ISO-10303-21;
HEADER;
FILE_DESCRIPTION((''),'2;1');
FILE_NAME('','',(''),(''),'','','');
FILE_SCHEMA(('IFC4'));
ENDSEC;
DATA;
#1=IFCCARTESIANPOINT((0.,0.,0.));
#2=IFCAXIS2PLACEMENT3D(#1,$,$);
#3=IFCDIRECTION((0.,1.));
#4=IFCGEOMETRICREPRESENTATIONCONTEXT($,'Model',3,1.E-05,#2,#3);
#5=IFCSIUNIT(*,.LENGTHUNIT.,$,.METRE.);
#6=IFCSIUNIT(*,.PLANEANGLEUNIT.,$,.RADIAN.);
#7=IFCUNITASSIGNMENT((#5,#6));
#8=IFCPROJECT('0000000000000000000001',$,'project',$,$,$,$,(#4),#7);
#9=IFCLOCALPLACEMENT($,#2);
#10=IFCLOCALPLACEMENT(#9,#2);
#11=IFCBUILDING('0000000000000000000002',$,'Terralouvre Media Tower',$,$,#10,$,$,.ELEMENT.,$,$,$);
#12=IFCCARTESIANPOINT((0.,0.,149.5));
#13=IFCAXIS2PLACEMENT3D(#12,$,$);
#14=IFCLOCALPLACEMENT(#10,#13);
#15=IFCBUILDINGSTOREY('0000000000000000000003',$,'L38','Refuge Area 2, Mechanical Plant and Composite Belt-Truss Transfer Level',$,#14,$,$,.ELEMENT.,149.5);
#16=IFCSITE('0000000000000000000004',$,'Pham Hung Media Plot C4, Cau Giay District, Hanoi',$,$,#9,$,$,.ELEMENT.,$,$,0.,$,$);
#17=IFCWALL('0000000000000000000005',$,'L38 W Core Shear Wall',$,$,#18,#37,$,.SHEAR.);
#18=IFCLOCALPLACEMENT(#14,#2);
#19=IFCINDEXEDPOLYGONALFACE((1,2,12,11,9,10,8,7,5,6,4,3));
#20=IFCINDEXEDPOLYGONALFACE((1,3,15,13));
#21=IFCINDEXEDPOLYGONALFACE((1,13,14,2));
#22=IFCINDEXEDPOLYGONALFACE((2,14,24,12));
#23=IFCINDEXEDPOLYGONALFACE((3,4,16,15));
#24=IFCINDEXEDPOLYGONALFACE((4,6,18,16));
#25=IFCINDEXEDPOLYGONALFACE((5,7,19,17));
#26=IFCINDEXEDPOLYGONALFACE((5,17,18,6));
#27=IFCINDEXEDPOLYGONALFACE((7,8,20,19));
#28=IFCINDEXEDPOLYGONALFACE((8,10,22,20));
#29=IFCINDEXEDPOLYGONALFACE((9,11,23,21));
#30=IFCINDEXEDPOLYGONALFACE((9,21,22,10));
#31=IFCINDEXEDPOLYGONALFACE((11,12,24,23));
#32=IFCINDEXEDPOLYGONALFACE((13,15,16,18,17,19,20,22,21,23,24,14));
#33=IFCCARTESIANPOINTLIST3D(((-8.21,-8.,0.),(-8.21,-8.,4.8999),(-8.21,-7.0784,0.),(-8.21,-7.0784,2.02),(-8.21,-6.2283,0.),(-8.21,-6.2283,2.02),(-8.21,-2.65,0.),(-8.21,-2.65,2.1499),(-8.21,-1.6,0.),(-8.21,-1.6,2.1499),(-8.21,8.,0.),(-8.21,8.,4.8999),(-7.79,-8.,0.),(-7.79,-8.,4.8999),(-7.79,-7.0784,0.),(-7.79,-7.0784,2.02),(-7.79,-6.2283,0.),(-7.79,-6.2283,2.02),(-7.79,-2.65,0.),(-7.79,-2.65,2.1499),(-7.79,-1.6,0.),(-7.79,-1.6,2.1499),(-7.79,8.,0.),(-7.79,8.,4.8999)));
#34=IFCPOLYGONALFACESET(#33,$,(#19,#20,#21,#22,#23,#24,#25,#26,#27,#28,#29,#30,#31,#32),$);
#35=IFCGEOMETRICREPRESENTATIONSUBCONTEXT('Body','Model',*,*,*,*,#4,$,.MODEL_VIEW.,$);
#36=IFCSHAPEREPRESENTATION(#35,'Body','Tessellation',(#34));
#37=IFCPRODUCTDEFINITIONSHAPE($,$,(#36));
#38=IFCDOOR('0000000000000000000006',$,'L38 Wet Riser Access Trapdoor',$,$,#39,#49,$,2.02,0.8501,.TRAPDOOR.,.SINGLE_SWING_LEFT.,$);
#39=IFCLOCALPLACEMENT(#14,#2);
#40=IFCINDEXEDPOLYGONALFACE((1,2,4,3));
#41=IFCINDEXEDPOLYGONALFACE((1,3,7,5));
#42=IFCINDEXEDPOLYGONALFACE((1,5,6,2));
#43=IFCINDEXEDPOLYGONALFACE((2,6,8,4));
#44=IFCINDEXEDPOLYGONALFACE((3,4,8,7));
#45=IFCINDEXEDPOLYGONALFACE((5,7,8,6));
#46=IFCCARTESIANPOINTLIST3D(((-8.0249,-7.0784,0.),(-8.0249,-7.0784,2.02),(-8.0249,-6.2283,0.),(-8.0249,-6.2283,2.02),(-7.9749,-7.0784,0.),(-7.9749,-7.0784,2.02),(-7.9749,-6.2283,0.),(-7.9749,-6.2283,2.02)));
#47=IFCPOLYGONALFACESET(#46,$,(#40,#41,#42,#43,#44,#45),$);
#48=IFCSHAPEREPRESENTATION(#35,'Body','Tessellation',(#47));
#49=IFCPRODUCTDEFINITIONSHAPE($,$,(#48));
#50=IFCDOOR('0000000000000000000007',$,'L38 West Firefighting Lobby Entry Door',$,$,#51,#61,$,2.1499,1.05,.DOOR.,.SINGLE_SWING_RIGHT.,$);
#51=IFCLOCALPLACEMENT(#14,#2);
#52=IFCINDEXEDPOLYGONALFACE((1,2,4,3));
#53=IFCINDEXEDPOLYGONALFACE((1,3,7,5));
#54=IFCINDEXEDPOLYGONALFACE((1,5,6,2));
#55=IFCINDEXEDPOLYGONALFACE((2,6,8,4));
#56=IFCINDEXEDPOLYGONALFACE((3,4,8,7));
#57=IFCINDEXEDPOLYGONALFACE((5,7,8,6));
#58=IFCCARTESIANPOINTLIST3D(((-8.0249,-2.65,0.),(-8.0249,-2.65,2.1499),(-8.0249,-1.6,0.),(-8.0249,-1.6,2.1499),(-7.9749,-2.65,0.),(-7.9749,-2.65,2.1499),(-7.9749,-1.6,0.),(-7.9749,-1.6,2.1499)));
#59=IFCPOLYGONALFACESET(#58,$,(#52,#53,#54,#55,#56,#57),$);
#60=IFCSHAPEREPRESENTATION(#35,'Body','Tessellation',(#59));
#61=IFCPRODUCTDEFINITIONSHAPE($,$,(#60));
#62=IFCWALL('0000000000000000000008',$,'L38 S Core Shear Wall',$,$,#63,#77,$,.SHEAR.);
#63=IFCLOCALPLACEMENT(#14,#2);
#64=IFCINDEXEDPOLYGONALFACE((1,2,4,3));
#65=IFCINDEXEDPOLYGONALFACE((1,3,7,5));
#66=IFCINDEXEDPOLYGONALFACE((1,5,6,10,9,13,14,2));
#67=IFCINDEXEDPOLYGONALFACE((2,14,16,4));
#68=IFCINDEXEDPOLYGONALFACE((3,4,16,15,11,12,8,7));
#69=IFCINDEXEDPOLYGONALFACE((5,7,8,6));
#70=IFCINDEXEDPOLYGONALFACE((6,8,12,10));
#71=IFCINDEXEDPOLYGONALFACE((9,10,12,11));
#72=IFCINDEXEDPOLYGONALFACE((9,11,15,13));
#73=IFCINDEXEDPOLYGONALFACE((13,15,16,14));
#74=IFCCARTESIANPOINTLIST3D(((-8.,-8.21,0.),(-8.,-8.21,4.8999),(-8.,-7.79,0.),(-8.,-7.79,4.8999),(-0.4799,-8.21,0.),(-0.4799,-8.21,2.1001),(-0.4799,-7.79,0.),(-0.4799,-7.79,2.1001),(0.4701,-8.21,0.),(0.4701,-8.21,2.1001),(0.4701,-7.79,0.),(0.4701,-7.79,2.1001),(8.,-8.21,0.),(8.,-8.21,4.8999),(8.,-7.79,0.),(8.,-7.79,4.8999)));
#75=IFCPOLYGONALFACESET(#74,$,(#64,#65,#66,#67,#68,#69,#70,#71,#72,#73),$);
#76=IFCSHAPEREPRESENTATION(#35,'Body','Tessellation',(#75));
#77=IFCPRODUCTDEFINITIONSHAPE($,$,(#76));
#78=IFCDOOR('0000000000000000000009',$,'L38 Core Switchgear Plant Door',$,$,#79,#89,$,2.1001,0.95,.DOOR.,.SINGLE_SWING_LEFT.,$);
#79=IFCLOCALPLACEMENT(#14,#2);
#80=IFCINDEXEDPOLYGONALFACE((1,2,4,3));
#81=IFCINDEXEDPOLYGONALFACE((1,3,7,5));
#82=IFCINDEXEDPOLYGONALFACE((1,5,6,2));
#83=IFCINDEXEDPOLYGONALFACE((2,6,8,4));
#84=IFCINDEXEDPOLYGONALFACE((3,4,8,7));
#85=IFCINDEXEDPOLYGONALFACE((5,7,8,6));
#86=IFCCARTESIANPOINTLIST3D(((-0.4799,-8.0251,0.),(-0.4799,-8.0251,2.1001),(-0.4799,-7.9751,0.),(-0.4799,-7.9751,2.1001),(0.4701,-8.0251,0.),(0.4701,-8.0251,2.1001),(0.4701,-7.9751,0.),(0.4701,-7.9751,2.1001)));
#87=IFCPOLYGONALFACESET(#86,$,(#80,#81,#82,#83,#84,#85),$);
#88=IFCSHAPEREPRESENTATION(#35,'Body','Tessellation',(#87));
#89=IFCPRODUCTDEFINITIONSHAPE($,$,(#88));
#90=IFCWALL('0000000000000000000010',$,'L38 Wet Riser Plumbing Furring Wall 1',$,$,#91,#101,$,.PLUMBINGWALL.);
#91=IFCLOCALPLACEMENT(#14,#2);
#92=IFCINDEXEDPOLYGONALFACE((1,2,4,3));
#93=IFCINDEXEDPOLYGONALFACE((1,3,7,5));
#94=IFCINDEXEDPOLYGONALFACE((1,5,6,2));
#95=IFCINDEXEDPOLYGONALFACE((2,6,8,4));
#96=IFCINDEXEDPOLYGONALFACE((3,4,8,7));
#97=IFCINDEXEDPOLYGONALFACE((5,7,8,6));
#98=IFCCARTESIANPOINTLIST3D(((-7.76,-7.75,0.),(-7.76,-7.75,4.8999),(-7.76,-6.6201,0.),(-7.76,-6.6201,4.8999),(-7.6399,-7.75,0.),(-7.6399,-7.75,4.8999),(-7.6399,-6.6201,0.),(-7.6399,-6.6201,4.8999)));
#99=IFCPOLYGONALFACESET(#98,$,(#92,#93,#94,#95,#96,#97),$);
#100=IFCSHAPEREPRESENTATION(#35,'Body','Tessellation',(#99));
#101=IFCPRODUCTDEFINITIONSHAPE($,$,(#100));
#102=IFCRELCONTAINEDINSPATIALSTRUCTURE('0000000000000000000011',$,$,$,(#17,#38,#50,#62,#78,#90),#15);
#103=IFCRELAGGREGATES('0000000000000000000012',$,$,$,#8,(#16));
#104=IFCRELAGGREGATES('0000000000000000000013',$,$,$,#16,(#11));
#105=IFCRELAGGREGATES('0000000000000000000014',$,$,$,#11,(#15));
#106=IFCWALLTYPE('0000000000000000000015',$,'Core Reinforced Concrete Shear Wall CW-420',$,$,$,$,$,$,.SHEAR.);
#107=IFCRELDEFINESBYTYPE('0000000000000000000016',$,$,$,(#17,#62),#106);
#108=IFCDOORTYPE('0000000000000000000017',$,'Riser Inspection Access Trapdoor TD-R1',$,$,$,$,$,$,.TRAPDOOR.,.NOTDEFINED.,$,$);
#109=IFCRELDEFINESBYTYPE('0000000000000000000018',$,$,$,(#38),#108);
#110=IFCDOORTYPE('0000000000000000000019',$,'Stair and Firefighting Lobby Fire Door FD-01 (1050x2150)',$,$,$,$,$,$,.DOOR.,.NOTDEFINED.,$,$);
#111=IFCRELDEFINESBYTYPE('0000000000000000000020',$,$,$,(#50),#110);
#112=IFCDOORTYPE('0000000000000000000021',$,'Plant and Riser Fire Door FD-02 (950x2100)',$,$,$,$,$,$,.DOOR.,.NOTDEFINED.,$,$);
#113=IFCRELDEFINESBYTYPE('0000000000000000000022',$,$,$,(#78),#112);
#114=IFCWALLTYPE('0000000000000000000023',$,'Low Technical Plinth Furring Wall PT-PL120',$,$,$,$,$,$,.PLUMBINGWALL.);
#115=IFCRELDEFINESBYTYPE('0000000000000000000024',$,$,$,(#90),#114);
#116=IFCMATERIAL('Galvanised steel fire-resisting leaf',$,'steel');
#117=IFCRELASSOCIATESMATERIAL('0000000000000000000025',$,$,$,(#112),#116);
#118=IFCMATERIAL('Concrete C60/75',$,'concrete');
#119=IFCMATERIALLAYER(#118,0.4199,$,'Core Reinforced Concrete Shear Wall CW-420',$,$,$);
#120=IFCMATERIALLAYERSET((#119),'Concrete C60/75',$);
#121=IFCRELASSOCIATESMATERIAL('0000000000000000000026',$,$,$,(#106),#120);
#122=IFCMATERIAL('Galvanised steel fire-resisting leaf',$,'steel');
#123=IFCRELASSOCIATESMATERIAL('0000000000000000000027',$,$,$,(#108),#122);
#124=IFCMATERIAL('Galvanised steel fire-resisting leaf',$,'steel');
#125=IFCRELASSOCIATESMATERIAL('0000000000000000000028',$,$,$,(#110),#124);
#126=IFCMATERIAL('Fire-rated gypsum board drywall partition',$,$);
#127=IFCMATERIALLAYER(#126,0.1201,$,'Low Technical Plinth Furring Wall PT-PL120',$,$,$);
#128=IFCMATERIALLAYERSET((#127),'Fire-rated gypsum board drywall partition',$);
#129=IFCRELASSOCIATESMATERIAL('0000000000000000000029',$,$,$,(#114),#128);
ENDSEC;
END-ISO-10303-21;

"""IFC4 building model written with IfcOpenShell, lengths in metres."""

from ifc_helpers import new_model, si_unit, direction, frame, frame_2d, origin, place, context, subcontext, project, spatial, rectangle, extrude, material, layer, layer_set, type_object, element, fill, save


model = new_model("IFC4")

# Units and contexts
model_context = context("Model", 3, precision=1e-05, world=origin(), true_north=direction((0.0, 1.0)))
body_context = subcontext(model_context, "Body", "Model", "MODEL_VIEW")
ifc_project = project(units=[si_unit("LENGTHUNIT", "METRE"), si_unit("PLANEANGLEUNIT", "RADIAN")], contexts=[model_context])

# Site, building, storey
site_placement = place(None, origin())
site = spatial("IfcSite", under=ifc_project, at=site_placement, Name="Pham Hung Media Plot C4, Cau Giay District, Hanoi", CompositionType="ELEMENT", RefElevation=0.0)
building_placement = place(site_placement, origin())
building = spatial("IfcBuilding", under=site, at=building_placement, Name="Terralouvre Media Tower", CompositionType="ELEMENT")
storey_placement = place(building_placement, frame((0.0, 0.0, 149.5)))
storey = spatial("IfcBuildingStorey", under=building, at=storey_placement, Name="L38", Description="Refuge Area 2, Mechanical Plant and Composite Belt-Truss Transfer Level", CompositionType="ELEMENT", Elevation=149.5)

# Wall, openings, doors
ifc_material_1 = material(Name="Galvanised steel fire-resisting leaf", Category="steel")
door_type_1 = type_object("IfcDoorType", Name="Plant and Riser Fire Door FD-02 (950x2100)", OperationType="NOTDEFINED", PredefinedType="DOOR", material=ifc_material_1)
ifc_material_2 = material(Name="Concrete C60/75", Category="concrete")
ifc_layer_1 = layer(ifc_material_2, 0.4199, Name="Core Reinforced Concrete Shear Wall CW-420")
ifc_layer_set_1 = layer_set([ifc_layer_1], Name="Concrete C60/75")
wall_type_1 = type_object("IfcWallType", Name="Core Reinforced Concrete Shear Wall CW-420", PredefinedType="SHEAR", material=ifc_layer_set_1)
wall_1_placement = place(storey_placement, frame((-8.0, -8.0, 0.0), z_axis=(0.0, 0.0, 1.0), x_axis=(0.0, 1.0, 0.0)))
wall_1 = element("IfcWall", 1, at=wall_1_placement, inside=storey, type_object=wall_type_1, Name="L38 W Core Shear Wall", PredefinedType="SHEAR", context=body_context, shape_type="SweptSolid", body=[
    extrude(rectangle(XDim=16.0, YDim=0.4199, at=frame_2d((8.0, 0.0))), origin(), (0.0, 0.0, 1.0), 4.8999),
])
opening_1_placement = place(wall_1_placement, frame((0.9216, 0.0, 0.0)))
opening_1 = element("IfcOpeningElement", 2, at=opening_1_placement, cuts=wall_1, PredefinedType="OPENING", context=body_context, shape_type="SweptSolid", body=[
    extrude(rectangle(XDim=0.8501, YDim=2.02, at=frame_2d((0.425, 1.01))), frame((0.0, 0.22, 0.0), z_axis=(0.0, -1.0, 0.0), x_axis=(1.0, 0.0, 0.0)), (0.0, 0.0, 1.0), 0.4399),
])
opening_2_placement = place(wall_1_placement, frame((5.3501, 0.0, 0.0)))
opening_2 = element("IfcOpeningElement", 3, at=opening_2_placement, cuts=wall_1, PredefinedType="OPENING", context=body_context, shape_type="SweptSolid", body=[
    extrude(rectangle(XDim=1.05, YDim=2.1499, at=frame_2d((0.5249, 1.075))), frame((0.0, 0.22, 0.0), z_axis=(0.0, -1.0, 0.0), x_axis=(1.0, 0.0, 0.0)), (0.0, 0.0, 1.0), 0.4399),
])
ifc_material_3 = material(Name="Galvanised steel fire-resisting leaf", Category="steel")
door_type_2 = type_object("IfcDoorType", Name="Riser Inspection Access Trapdoor TD-R1", OperationType="NOTDEFINED", PredefinedType="TRAPDOOR", material=ifc_material_3)
door_1_placement = place(opening_1_placement, origin())
door_1 = element("IfcDoor", 4, at=door_1_placement, inside=storey, type_object=door_type_2, Name="L38 Wet Riser Access Trapdoor", OperationType="SINGLE_SWING_LEFT", OverallHeight=2.02, OverallWidth=0.8501, PredefinedType="TRAPDOOR", context=body_context, shape_type="SweptSolid", body=[
    extrude(rectangle(XDim=0.8501, YDim=2.02, at=frame_2d((0.425, 1.01))), frame((0.0, 0.0249, 0.0), z_axis=(0.0, -1.0, 0.0), x_axis=(1.0, 0.0, 0.0)), (0.0, 0.0, 1.0), 0.05),
])
fill(opening_1, door_1)
ifc_material_4 = material(Name="Galvanised steel fire-resisting leaf", Category="steel")
door_type_3 = type_object("IfcDoorType", Name="Stair and Firefighting Lobby Fire Door FD-01 (1050x2150)", OperationType="NOTDEFINED", PredefinedType="DOOR", material=ifc_material_4)
door_2_placement = place(opening_2_placement, origin())
door_2 = element("IfcDoor", 5, at=door_2_placement, inside=storey, type_object=door_type_3, Name="L38 West Firefighting Lobby Entry Door", OperationType="SINGLE_SWING_RIGHT", OverallHeight=2.1499, OverallWidth=1.05, PredefinedType="DOOR", context=body_context, shape_type="SweptSolid", body=[
    extrude(rectangle(XDim=1.05, YDim=2.1499, at=frame_2d((0.5249, 1.075))), frame((0.0, 0.0249, 0.0), z_axis=(0.0, -1.0, 0.0), x_axis=(1.0, 0.0, 0.0)), (0.0, 0.0, 1.0), 0.05),
])
fill(opening_2, door_2)

# Wall, opening, door
wall_2_placement = place(storey_placement, frame((-8.0, -8.0, 0.0), z_axis=(0.0, 0.0, 1.0), x_axis=(1.0, 0.0, 0.0)))
wall_2 = element("IfcWall", 6, at=wall_2_placement, inside=storey, type_object=wall_type_1, Name="L38 S Core Shear Wall", PredefinedType="SHEAR", context=body_context, shape_type="SweptSolid", body=[
    extrude(rectangle(XDim=16.0, YDim=0.4199, at=frame_2d((8.0, 0.0))), origin(), (0.0, 0.0, 1.0), 4.8999),
])
opening_3_placement = place(wall_2_placement, frame((7.52, 0.0, 0.0)))
opening_3 = element("IfcOpeningElement", 7, at=opening_3_placement, cuts=wall_2, PredefinedType="OPENING", context=body_context, shape_type="SweptSolid", body=[
    extrude(rectangle(XDim=0.95, YDim=2.1001, at=frame_2d((0.4751, 1.05))), frame((0.0, 0.22, 0.0), z_axis=(0.0, -1.0, 0.0), x_axis=(1.0, 0.0, 0.0)), (0.0, 0.0, 1.0), 0.4399),
])
door_3_placement = place(opening_3_placement, origin())
door_3 = element("IfcDoor", 8, at=door_3_placement, inside=storey, type_object=door_type_1, Name="L38 Core Switchgear Plant Door", OperationType="SINGLE_SWING_LEFT", OverallHeight=2.1001, OverallWidth=0.95, PredefinedType="DOOR", context=body_context, shape_type="SweptSolid", body=[
    extrude(rectangle(XDim=0.95, YDim=2.1001, at=frame_2d((0.4751, 1.05))), frame((0.0, 0.0249, 0.0), z_axis=(0.0, -1.0, 0.0), x_axis=(1.0, 0.0, 0.0)), (0.0, 0.0, 1.0), 0.05),
])
fill(opening_3, door_3)

# Wall
ifc_material_5 = material(Name="Fire-rated gypsum board drywall partition")
ifc_layer_2 = layer(ifc_material_5, 0.1201, Name="Low Technical Plinth Furring Wall PT-PL120")
ifc_layer_set_2 = layer_set([ifc_layer_2], Name="Fire-rated gypsum board drywall partition")
wall_type_2 = type_object("IfcWallType", Name="Low Technical Plinth Furring Wall PT-PL120", PredefinedType="PLUMBINGWALL", material=ifc_layer_set_2)
wall_3_placement = place(storey_placement, frame((-7.7, -7.75, 0.0), z_axis=(0.0, 0.0, 1.0), x_axis=(0.0, 1.0, 0.0)))
element("IfcWall", 9, at=wall_3_placement, inside=storey, type_object=wall_type_2, Name="L38 Wet Riser Plumbing Furring Wall 1", PredefinedType="PLUMBINGWALL", context=body_context, shape_type="SweptSolid", body=[
    extrude(rectangle(XDim=1.1299, YDim=0.1201, at=frame_2d((0.5649, 0.0))), origin(), (0.0, 0.0, 1.0), 4.8999),
])

save(model, "model.ifc")
